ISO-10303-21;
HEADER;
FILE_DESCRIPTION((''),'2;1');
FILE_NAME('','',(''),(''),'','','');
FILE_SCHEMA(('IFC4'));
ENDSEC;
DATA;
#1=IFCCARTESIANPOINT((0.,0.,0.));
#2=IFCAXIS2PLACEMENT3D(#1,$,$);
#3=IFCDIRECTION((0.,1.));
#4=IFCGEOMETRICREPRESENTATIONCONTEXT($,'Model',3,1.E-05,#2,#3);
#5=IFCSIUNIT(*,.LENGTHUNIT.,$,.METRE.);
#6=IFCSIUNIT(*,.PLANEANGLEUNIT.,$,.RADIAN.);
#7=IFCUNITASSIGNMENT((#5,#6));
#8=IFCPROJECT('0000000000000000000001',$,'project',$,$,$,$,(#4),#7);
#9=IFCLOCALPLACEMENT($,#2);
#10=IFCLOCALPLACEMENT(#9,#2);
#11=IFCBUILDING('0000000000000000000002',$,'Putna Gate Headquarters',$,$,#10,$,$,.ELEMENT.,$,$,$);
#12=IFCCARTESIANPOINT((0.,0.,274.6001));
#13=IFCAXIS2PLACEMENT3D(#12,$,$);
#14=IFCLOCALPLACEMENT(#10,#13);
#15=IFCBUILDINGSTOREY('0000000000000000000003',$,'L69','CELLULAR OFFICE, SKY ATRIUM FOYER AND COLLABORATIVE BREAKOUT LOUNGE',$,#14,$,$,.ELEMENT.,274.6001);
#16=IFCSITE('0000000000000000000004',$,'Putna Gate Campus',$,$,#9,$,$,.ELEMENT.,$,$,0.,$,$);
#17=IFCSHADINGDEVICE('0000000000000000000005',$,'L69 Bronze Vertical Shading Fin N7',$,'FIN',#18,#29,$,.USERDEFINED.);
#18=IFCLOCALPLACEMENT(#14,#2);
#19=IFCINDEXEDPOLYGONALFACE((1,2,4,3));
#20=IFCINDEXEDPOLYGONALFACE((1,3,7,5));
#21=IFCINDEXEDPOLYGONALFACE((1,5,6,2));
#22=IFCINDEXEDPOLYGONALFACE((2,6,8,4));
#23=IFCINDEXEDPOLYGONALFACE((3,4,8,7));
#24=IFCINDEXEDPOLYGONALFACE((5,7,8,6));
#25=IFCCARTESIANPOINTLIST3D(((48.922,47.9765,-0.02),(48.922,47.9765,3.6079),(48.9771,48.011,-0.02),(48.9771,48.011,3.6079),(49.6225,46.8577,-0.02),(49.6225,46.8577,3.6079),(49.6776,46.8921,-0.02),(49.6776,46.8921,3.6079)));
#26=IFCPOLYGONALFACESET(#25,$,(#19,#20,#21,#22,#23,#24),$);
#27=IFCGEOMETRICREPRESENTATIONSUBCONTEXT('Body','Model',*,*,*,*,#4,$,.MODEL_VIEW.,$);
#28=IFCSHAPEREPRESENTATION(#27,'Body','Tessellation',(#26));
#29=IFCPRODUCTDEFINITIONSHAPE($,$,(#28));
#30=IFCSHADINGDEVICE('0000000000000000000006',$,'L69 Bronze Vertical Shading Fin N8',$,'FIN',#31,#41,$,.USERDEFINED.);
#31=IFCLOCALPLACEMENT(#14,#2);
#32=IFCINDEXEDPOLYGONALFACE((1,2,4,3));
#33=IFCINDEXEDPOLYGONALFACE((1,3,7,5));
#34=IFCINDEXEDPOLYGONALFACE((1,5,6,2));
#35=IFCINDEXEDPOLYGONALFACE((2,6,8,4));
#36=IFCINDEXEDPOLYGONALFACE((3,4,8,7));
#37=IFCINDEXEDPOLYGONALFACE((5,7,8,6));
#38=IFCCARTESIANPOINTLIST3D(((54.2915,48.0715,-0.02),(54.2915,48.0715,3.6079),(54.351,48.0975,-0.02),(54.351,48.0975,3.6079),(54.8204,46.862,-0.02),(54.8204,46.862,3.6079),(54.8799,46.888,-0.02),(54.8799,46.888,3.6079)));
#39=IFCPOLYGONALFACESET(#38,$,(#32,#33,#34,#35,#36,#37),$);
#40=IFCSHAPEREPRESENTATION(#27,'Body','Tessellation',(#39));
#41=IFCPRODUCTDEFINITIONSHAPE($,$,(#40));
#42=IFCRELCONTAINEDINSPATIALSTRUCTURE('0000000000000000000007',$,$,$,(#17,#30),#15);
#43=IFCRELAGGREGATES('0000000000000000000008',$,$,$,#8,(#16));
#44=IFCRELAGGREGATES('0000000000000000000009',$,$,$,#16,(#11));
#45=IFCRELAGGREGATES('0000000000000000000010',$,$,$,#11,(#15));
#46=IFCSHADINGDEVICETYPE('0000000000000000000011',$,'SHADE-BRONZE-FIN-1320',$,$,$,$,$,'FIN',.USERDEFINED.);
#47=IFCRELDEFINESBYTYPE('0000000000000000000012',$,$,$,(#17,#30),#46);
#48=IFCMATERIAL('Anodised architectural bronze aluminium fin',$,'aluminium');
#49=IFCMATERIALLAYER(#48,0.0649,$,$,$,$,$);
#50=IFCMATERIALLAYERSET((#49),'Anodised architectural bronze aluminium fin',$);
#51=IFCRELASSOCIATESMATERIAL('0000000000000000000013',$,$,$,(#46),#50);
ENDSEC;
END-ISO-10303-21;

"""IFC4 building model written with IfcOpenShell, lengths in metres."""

from ifc_helpers import new_model, si_unit, direction, frame, origin, origin_2d, place, context, subcontext, project, spatial, rectangle, extrude, material, layer, layer_set, type_object, element, save


model = new_model("IFC4")

# Units and contexts
model_context = context("Model", 3, precision=1e-05, world=origin(), true_north=direction((0.0, 1.0)))
body_context = subcontext(model_context, "Body", "Model", "MODEL_VIEW")
ifc_project = project(units=[si_unit("LENGTHUNIT", "METRE"), si_unit("PLANEANGLEUNIT", "RADIAN")], contexts=[model_context])

# Site, building, storey
site_placement = place(None, origin())
site = spatial("IfcSite", under=ifc_project, at=site_placement, Name="Putna Gate Campus", CompositionType="ELEMENT", RefElevation=0.0)
building_placement = place(site_placement, origin())
building = spatial("IfcBuilding", under=site, at=building_placement, Name="Putna Gate Headquarters", CompositionType="ELEMENT")
storey_placement = place(building_placement, frame((0.0, 0.0, 274.6001)))
storey = spatial("IfcBuildingStorey", under=building, at=storey_placement, Name="L69", Description="CELLULAR OFFICE, SKY ATRIUM FOYER AND COLLABORATIVE BREAKOUT LOUNGE", CompositionType="ELEMENT", Elevation=274.6001)

# Shading devices
ifc_material_1 = material(Name="Anodised architectural bronze aluminium fin", Category="aluminium")
ifc_layer_1 = layer(ifc_material_1, 0.0649)
ifc_layer_set_1 = layer_set([ifc_layer_1], Name="Anodised architectural bronze aluminium fin")
shading_device_type = type_object("IfcShadingDeviceType", Name="SHADE-BRONZE-FIN-1320", ElementType="FIN", PredefinedType="USERDEFINED", material=ifc_layer_set_1)
for number, where, z_axis, x_axis, name in (
    (1, (49.2998, 47.4343, -0.02), (0.0, 0.0, 1.0), (-0.530659, 0.847585, 0.0), "L69 Bronze Vertical Shading Fin N7"),
    (2, (54.5857, 47.4797, -0.02), (0.0, 0.0, 1.0), (-0.400669, 0.916223, 0.0), "L69 Bronze Vertical Shading Fin N8"),
):
    element("IfcShadingDevice", number, at=place(storey_placement, frame(where, z_axis=z_axis, x_axis=x_axis)), inside=storey, type_object=shading_device_type, Name=name, ObjectType="FIN", PredefinedType="USERDEFINED", context=body_context, shape_type="SweptSolid", body=[
        extrude(rectangle(XDim=1.3201, YDim=0.0649, at=origin_2d()), origin(), (0.0, 0.0, 1.0), 3.6279),
    ])

save(model, "model.ifc")
